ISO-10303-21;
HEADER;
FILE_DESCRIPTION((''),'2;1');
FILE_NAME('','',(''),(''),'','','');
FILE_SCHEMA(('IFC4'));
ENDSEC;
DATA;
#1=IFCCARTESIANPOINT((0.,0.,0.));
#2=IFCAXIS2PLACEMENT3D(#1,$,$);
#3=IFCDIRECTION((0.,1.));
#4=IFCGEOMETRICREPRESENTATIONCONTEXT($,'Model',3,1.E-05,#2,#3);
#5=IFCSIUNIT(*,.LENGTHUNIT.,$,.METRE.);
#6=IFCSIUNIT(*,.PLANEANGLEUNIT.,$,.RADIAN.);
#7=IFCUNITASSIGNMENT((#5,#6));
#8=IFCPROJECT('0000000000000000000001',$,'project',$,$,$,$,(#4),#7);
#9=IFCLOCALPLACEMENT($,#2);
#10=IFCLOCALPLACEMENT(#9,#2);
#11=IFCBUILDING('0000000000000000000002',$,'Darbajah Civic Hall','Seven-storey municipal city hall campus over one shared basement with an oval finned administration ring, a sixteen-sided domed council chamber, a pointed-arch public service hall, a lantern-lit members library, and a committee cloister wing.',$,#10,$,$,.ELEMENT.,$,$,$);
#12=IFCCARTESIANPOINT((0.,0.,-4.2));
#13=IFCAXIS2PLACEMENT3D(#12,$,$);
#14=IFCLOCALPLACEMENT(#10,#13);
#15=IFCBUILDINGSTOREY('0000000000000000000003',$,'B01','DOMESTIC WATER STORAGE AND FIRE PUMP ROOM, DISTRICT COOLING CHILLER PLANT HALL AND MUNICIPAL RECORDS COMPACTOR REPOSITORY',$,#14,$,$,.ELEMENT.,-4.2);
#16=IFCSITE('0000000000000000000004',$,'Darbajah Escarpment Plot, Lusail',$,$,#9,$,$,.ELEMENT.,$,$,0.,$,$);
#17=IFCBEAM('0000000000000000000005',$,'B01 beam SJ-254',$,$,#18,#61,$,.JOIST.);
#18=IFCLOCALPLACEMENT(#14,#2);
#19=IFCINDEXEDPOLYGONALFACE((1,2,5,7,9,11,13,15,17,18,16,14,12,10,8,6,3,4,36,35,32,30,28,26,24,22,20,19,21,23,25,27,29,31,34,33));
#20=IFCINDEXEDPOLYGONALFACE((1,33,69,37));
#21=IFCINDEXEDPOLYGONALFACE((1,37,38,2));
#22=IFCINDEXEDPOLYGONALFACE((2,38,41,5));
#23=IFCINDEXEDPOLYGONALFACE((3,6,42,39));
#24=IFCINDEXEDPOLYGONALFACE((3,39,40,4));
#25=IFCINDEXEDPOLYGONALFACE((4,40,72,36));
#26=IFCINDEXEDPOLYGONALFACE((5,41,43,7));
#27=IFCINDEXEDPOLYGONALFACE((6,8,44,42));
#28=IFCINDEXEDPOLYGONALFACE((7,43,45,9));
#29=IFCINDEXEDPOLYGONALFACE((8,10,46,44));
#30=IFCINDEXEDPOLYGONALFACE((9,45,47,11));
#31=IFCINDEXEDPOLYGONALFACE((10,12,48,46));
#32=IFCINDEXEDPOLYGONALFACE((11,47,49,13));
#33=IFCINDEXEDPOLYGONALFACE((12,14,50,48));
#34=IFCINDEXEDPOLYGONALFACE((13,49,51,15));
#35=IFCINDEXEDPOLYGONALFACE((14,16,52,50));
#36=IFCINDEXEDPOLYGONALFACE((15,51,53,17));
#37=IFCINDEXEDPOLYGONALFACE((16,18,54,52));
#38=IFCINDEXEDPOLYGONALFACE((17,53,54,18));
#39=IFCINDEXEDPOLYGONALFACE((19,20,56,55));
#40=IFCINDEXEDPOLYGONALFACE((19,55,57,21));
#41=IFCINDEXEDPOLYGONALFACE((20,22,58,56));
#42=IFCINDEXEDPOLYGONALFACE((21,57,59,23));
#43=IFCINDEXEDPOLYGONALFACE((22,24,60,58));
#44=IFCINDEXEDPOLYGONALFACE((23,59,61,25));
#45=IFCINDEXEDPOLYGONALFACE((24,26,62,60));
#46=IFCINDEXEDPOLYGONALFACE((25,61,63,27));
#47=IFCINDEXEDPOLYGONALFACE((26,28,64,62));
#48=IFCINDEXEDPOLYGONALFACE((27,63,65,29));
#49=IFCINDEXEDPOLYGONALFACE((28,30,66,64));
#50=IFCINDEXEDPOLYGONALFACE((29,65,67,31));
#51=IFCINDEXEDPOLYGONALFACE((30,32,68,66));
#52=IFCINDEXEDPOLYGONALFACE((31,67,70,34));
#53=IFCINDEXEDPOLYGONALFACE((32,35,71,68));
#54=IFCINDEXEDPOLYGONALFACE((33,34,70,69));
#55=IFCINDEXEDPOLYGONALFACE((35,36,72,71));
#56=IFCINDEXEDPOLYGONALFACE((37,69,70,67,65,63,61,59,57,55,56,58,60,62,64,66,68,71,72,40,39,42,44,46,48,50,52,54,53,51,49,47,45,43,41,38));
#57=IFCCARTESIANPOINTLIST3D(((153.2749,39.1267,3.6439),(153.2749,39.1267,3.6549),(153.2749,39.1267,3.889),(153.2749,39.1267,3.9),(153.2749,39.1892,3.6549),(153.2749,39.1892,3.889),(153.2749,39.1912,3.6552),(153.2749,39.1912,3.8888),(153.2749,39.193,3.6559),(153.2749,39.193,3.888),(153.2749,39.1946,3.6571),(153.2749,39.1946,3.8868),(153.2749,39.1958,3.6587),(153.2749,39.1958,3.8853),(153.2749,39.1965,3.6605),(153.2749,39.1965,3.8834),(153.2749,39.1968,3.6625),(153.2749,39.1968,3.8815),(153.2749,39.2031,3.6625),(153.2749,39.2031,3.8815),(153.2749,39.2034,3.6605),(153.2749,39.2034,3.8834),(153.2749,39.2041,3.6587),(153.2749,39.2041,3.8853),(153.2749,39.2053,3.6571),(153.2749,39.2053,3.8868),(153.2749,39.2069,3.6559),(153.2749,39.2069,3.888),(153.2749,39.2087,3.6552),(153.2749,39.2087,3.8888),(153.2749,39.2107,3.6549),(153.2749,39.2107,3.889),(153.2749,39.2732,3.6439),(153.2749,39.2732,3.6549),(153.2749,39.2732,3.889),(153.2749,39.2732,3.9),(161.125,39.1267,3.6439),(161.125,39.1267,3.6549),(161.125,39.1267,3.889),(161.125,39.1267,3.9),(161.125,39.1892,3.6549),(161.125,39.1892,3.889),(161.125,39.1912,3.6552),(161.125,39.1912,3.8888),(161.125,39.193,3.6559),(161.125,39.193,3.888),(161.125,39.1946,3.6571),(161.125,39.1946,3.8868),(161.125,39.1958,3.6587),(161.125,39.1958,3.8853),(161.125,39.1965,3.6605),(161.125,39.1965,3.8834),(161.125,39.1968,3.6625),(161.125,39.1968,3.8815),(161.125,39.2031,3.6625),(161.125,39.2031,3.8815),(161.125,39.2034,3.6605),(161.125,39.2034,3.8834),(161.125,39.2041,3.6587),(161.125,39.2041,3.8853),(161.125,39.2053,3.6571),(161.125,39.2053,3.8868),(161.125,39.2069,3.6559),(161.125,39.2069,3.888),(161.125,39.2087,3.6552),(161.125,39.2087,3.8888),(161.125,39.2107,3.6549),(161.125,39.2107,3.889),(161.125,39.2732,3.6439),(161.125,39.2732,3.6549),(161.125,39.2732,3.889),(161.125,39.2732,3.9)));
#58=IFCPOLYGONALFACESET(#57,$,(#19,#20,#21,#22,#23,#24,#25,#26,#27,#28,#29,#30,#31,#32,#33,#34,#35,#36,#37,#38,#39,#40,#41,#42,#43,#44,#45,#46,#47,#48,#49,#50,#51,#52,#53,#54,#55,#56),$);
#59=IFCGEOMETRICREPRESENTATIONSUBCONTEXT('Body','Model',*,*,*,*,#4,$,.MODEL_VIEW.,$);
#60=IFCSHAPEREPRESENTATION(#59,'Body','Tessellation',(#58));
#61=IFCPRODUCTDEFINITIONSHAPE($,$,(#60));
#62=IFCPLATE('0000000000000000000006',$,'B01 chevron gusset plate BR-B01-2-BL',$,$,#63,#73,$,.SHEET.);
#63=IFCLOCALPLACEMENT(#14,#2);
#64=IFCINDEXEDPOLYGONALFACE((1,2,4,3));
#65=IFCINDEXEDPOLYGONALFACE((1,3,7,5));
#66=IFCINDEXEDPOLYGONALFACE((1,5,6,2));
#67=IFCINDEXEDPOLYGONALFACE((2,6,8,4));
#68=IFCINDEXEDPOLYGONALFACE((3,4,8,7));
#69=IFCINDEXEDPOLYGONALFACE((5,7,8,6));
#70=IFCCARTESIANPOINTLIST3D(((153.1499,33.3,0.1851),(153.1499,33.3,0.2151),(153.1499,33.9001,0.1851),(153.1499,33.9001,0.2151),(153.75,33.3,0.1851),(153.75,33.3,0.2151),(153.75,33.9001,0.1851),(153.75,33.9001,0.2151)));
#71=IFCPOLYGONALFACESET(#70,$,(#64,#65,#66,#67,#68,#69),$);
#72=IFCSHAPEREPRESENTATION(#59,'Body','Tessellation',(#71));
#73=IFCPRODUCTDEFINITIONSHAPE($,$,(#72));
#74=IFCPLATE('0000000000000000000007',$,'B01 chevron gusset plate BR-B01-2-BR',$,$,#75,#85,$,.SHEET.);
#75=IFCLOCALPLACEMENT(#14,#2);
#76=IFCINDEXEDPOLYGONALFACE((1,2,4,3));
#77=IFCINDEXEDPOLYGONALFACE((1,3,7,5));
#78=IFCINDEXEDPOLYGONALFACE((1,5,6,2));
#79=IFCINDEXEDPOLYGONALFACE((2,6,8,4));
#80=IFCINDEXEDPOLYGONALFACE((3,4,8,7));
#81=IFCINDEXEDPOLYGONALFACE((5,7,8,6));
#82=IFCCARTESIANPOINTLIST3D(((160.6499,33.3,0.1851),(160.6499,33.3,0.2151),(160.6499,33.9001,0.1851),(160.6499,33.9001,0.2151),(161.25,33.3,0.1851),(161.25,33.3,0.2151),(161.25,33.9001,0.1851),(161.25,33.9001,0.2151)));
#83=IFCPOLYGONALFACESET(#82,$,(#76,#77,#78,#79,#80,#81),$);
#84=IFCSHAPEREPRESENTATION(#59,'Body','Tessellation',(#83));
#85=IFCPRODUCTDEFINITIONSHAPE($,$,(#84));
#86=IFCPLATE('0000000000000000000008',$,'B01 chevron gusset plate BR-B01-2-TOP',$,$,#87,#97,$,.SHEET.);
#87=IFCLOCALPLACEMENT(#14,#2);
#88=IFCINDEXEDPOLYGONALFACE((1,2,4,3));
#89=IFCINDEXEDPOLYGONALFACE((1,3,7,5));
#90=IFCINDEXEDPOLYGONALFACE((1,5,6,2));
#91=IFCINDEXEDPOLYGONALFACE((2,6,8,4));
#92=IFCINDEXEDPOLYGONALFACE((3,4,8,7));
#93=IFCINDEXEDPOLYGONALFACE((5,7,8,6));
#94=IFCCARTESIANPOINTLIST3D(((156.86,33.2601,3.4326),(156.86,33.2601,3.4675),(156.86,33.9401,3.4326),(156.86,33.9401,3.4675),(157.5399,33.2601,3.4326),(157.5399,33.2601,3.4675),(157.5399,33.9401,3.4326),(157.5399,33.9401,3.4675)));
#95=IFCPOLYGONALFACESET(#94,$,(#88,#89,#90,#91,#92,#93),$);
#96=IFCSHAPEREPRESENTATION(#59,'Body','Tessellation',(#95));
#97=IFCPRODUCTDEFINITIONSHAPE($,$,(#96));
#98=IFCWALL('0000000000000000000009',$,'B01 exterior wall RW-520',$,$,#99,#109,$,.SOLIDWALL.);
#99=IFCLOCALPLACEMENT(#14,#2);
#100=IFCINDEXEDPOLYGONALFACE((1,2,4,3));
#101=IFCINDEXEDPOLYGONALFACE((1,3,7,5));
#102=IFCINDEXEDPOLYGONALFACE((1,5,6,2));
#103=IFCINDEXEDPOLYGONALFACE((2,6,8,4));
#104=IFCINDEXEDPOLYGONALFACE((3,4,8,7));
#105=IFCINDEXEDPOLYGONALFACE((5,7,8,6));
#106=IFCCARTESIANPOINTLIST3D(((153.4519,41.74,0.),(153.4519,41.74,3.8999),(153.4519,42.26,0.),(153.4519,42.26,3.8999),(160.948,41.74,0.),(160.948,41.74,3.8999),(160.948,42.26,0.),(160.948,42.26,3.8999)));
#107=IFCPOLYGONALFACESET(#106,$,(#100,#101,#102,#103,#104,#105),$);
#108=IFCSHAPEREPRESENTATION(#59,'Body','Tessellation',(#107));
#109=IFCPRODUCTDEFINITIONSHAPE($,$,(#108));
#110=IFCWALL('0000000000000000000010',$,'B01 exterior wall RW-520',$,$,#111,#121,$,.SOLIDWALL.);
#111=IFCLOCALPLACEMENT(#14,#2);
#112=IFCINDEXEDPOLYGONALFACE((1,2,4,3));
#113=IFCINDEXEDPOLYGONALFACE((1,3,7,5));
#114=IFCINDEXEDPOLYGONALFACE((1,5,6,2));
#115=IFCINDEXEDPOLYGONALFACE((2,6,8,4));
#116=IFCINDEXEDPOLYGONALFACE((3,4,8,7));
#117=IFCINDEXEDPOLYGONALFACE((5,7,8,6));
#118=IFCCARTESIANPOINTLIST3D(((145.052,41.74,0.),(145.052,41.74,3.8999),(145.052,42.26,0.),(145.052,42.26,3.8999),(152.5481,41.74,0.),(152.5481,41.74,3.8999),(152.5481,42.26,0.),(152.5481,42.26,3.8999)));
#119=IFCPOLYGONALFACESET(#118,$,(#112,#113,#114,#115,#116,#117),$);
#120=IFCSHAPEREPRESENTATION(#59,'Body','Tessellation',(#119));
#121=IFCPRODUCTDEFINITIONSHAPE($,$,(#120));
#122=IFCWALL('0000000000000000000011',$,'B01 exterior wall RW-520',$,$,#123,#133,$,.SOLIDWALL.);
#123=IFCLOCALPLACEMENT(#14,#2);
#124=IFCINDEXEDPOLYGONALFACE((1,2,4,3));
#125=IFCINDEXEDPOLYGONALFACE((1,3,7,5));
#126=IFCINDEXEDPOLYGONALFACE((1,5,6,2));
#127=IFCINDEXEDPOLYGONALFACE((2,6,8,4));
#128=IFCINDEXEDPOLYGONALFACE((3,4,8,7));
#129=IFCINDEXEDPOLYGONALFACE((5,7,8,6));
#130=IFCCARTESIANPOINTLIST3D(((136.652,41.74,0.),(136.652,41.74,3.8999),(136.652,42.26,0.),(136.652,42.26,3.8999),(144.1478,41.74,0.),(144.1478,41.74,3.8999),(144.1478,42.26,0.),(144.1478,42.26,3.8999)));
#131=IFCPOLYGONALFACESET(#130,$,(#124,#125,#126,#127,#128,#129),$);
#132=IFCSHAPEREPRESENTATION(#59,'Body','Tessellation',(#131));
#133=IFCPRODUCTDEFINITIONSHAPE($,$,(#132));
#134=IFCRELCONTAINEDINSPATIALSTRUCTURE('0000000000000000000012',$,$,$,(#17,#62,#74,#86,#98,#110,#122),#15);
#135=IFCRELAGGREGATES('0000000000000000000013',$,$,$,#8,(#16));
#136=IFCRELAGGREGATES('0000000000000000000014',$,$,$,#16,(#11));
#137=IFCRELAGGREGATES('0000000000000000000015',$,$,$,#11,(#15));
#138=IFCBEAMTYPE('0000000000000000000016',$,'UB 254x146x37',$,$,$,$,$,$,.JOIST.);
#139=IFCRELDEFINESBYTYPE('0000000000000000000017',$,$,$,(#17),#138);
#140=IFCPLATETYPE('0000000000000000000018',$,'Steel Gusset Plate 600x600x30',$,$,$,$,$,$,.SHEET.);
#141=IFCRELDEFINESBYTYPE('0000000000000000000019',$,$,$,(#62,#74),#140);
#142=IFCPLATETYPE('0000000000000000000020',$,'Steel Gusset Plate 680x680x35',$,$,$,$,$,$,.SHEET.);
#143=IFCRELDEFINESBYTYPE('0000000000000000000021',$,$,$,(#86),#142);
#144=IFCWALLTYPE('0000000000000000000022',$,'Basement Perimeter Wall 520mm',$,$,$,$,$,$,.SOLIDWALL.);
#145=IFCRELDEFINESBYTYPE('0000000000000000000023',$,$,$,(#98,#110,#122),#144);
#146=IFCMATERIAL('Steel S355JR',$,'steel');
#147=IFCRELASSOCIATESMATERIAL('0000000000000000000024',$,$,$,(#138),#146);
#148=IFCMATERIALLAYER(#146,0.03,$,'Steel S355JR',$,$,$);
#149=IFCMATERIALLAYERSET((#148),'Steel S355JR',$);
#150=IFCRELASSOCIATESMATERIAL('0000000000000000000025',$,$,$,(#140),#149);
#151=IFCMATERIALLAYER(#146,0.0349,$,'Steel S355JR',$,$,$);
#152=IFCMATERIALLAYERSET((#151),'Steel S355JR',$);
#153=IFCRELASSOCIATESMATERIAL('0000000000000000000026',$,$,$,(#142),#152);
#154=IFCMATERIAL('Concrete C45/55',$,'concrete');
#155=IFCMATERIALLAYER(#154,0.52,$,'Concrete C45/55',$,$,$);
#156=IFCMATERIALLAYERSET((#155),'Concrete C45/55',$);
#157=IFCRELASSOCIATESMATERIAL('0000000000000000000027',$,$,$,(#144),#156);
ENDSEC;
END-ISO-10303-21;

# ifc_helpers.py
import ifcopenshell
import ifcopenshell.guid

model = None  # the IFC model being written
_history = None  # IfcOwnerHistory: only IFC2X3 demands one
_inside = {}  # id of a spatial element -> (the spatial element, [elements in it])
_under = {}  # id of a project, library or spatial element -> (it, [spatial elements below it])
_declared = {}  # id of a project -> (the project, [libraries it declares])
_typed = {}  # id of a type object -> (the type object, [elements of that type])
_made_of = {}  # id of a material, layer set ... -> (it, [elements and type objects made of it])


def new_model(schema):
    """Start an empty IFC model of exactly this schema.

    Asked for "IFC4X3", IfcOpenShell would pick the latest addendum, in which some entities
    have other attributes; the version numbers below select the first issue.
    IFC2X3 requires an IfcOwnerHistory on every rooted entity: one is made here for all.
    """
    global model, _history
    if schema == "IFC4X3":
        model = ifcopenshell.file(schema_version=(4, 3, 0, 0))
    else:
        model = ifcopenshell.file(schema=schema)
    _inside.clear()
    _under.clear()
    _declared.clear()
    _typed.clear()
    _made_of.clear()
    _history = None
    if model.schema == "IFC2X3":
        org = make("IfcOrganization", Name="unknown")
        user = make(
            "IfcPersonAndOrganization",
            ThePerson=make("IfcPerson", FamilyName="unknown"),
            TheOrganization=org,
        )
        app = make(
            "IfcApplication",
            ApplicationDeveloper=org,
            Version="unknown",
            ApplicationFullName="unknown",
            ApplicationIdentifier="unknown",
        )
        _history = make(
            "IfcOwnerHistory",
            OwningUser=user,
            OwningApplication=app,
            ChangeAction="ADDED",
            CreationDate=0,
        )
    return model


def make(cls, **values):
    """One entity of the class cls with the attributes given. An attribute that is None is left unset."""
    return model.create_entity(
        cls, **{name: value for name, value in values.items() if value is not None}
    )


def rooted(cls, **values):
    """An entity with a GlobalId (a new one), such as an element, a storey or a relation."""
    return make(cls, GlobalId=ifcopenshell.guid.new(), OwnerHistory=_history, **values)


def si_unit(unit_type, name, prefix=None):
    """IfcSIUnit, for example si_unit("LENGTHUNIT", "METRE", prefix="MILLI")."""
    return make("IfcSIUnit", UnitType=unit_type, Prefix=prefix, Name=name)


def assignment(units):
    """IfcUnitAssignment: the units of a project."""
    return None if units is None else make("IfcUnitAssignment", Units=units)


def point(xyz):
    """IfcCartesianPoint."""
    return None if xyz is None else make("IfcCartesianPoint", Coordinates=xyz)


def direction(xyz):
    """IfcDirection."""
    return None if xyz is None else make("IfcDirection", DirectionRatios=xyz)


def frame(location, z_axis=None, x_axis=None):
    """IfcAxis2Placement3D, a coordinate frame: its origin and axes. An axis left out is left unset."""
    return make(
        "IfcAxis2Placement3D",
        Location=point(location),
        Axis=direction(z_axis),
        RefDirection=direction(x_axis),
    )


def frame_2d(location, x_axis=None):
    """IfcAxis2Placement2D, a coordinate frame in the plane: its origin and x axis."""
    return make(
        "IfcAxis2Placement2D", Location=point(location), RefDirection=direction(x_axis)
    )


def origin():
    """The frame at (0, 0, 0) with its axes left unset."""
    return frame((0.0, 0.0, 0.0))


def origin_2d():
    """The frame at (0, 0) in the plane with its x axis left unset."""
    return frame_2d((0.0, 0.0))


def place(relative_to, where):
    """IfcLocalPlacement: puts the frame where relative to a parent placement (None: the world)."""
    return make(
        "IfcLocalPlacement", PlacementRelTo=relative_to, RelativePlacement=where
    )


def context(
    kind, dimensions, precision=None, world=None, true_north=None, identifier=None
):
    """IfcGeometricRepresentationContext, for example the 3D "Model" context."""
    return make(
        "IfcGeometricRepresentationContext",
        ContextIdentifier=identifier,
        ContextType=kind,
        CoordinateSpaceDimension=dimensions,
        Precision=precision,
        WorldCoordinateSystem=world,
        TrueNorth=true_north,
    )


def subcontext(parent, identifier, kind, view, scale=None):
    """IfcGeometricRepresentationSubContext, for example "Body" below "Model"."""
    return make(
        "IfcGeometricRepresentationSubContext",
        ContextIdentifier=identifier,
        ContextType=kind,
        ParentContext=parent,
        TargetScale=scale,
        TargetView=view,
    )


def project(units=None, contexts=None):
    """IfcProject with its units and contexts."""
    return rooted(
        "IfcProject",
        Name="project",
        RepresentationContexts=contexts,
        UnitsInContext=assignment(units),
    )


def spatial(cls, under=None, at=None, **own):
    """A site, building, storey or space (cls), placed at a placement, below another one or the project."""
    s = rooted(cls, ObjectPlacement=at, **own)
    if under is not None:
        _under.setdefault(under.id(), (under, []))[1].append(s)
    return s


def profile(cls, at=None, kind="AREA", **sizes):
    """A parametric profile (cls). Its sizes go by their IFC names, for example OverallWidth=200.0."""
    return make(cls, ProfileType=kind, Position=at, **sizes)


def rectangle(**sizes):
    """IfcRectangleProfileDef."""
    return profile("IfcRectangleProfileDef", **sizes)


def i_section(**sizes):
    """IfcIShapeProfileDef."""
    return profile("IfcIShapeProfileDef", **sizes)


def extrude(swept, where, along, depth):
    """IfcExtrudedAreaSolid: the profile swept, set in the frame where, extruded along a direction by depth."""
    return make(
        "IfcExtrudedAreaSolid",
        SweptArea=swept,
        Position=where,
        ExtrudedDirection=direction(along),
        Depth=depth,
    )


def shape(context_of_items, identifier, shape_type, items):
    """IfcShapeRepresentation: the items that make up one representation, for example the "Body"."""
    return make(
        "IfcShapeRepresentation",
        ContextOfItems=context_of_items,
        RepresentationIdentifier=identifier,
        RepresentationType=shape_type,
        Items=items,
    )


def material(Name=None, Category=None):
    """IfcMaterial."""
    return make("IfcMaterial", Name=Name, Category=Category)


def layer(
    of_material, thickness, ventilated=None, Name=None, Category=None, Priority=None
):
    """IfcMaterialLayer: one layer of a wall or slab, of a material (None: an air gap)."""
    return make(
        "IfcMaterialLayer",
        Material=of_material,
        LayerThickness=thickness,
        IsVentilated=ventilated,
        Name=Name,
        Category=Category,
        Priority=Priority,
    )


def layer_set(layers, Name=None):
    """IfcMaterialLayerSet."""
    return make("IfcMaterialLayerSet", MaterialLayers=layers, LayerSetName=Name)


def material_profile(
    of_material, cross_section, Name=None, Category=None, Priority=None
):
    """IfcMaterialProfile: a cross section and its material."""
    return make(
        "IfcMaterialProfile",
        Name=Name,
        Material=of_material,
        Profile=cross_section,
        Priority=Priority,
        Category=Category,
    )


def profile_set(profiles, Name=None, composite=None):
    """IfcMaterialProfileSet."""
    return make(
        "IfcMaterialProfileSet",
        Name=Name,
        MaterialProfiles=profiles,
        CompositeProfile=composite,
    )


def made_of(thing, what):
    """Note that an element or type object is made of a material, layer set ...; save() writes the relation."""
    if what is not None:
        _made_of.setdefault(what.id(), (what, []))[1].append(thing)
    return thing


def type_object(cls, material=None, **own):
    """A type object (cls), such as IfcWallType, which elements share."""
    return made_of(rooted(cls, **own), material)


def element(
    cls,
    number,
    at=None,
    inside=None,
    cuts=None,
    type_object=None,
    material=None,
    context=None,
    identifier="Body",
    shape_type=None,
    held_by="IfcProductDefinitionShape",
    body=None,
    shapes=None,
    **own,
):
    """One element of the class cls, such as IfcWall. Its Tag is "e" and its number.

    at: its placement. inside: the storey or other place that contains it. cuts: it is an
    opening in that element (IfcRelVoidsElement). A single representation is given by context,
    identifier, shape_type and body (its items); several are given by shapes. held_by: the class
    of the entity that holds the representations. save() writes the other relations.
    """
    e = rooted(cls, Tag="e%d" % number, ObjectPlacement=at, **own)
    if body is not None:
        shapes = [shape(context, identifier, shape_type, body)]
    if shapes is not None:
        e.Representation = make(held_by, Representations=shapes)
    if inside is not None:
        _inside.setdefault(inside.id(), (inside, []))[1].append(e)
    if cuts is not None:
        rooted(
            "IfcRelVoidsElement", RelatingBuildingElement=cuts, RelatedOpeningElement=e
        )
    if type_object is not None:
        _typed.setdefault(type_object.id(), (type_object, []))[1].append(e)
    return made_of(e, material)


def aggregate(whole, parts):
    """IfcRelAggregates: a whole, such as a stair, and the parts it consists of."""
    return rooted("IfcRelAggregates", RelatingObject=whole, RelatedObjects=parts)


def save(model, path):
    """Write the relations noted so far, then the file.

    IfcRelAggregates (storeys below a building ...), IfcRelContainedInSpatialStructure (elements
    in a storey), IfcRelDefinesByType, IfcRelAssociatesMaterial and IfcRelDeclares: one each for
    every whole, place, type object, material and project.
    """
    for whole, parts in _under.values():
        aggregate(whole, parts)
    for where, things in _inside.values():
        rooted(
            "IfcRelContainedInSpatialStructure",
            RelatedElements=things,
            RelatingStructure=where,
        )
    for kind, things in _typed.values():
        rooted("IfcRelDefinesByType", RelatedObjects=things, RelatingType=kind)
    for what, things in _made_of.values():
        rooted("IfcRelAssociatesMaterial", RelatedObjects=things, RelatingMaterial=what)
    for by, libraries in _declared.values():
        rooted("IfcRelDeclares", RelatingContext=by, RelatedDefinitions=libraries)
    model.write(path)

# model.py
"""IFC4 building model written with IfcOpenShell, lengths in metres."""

from ifc_helpers import new_model, si_unit, direction, frame, frame_2d, origin, origin_2d, place, context, subcontext, project, spatial, rectangle, i_section, extrude, material, layer, layer_set, material_profile, profile_set, type_object, element, save


model = new_model("IFC4")

# Units and contexts
model_context = context("Model", 3, precision=1e-05, world=origin(), true_north=direction((0.0, 1.0)))
body_context = subcontext(model_context, "Body", "Model", "MODEL_VIEW")
ifc_project = project(units=[si_unit("LENGTHUNIT", "METRE"), si_unit("PLANEANGLEUNIT", "RADIAN")], contexts=[model_context])

# Site, building, storey
site_placement = place(None, origin())
site = spatial("IfcSite", under=ifc_project, at=site_placement, Name="Darbajah Escarpment Plot, Lusail", CompositionType="ELEMENT", RefElevation=0.0)
building_placement = place(site_placement, origin())
building = spatial("IfcBuilding", under=site, at=building_placement, Name="Darbajah Civic Hall", Description="Seven-storey municipal city hall campus over one shared basement with an oval finned administration ring, a sixteen-sided domed council chamber, a pointed-arch public service hall, a lantern-lit members library, and a committee cloister wing.", CompositionType="ELEMENT")
storey_placement = place(building_placement, frame((0.0, 0.0, -4.2)))
storey = spatial("IfcBuildingStorey", under=building, at=storey_placement, Name="B01", Description="DOMESTIC WATER STORAGE AND FIRE PUMP ROOM, DISTRICT COOLING CHILLER PLANT HALL AND MUNICIPAL RECORDS COMPACTOR REPOSITORY", CompositionType="ELEMENT", Elevation=-4.2)

# Shared definitions
ifc_material_1 = material(Name="Concrete C45/55", Category="concrete")

# Shared definitions
ifc_material_2 = material(Name="Steel S355JR", Category="steel")

# Beam
ifc_material_profile_1 = material_profile(ifc_material_2, i_section(OverallWidth=0.1465, OverallDepth=0.2561, WebThickness=0.0063, FlangeThickness=0.011, FilletRadius=0.0076, at=origin_2d()), Name="UB 254x146x37")
ifc_profile_set_1 = profile_set([ifc_material_profile_1], Name="Steel S355JR")
beam_type_1 = type_object("IfcBeamType", Name="UB 254x146x37", PredefinedType="JOIST", material=ifc_profile_set_1)
for number, where, z_axis, x_axis, name in (
    (1, (153.2749, 39.2, 3.772), (1.0, 0.0, 0.0), (0.0, 1.0, 0.0), "B01 beam SJ-254"),
):
    element("IfcBeam", number, at=place(storey_placement, frame(where, z_axis=z_axis, x_axis=x_axis)), inside=storey, type_object=beam_type_1, Name=name, PredefinedType="JOIST", context=body_context, shape_type="SweptSolid", body=[
        extrude(i_section(OverallWidth=0.1465, OverallDepth=0.2561, WebThickness=0.0063, FlangeThickness=0.011, FilletRadius=0.0076, at=origin_2d()), origin(), (0.0, 0.0, 1.0), 7.8501),
    ])

# Plates
ifc_layer_1 = layer(ifc_material_2, 0.03, Name="Steel S355JR")
ifc_layer_set_1 = layer_set([ifc_layer_1], Name="Steel S355JR")
plate_type_1 = type_object("IfcPlateType", Name="Steel Gusset Plate 600x600x30", PredefinedType="SHEET", material=ifc_layer_set_1)
for number, where, z_axis, x_axis, name in (
    (2, (153.45, 33.6001, 0.1851), (0.0, 0.0, 1.0), (1.0, 0.0, 0.0), "B01 chevron gusset plate BR-B01-2-BL"),
    (3, (160.95, 33.6001, 0.1851), (0.0, 0.0, 1.0), (1.0, 0.0, 0.0), "B01 chevron gusset plate BR-B01-2-BR"),
):
    element("IfcPlate", number, at=place(storey_placement, frame(where, z_axis=z_axis, x_axis=x_axis)), inside=storey, type_object=plate_type_1, Name=name, PredefinedType="SHEET", context=body_context, shape_type="SweptSolid", body=[
        extrude(rectangle(XDim=0.6001, YDim=0.6001, at=origin_2d()), origin(), (0.0, 0.0, 1.0), 0.03),
    ])
ifc_layer_2 = layer(ifc_material_2, 0.0349, Name="Steel S355JR")
ifc_layer_set_2 = layer_set([ifc_layer_2], Name="Steel S355JR")
plate_type_2 = type_object("IfcPlateType", Name="Steel Gusset Plate 680x680x35", PredefinedType="SHEET", material=ifc_layer_set_2)
plate_placement = place(storey_placement, frame((157.2, 33.6001, 3.4326), z_axis=(0.0, 0.0, 1.0), x_axis=(1.0, 0.0, 0.0)))
element("IfcPlate", 4, at=plate_placement, inside=storey, type_object=plate_type_2, Name="B01 chevron gusset plate BR-B01-2-TOP", PredefinedType="SHEET", context=body_context, shape_type="SweptSolid", body=[
    extrude(rectangle(XDim=0.6799, YDim=0.6799, at=origin_2d()), origin(), (0.0, 0.0, 1.0), 0.0349),
])

# Walls
ifc_layer_3 = layer(ifc_material_1, 0.52, Name="Concrete C45/55")
ifc_layer_set_3 = layer_set([ifc_layer_3], Name="Concrete C45/55")
wall_type = type_object("IfcWallType", Name="Basement Perimeter Wall 520mm", PredefinedType="SOLIDWALL", material=ifc_layer_set_3)
for number, where, z_axis, x_axis, name in (
    (5, (160.948, 42.0, 0.0), (0.0, 0.0, 1.0), (-1.0, 0.0, 0.0), "B01 exterior wall RW-520"),
    (6, (152.5481, 42.0, 0.0), (0.0, 0.0, 1.0), (-1.0, 0.0, 0.0), "B01 exterior wall RW-520"),
):
    element("IfcWall", number, at=place(storey_placement, frame(where, z_axis=z_axis, x_axis=x_axis)), inside=storey, type_object=wall_type, Name=name, PredefinedType="SOLIDWALL", context=body_context, shape_type="SweptSolid", body=[
        extrude(rectangle(XDim=7.4961, YDim=0.52, at=frame_2d((3.748, 0.0))), origin(), (0.0, 0.0, 1.0), 3.8999),
    ])
wall_placement = place(storey_placement, frame((144.1479, 42.0, 0.0), z_axis=(0.0, 0.0, 1.0), x_axis=(-1.0, 0.0, 0.0)))
element("IfcWall", 7, at=wall_placement, inside=storey, type_object=wall_type, Name="B01 exterior wall RW-520", PredefinedType="SOLIDWALL", context=body_context, shape_type="SweptSolid", body=[
    extrude(rectangle(XDim=7.4958, YDim=0.52, at=frame_2d((3.748, 0.0))), origin(), (0.0, 0.0, 1.0), 3.8999),
])

save(model, "model.ifc")
